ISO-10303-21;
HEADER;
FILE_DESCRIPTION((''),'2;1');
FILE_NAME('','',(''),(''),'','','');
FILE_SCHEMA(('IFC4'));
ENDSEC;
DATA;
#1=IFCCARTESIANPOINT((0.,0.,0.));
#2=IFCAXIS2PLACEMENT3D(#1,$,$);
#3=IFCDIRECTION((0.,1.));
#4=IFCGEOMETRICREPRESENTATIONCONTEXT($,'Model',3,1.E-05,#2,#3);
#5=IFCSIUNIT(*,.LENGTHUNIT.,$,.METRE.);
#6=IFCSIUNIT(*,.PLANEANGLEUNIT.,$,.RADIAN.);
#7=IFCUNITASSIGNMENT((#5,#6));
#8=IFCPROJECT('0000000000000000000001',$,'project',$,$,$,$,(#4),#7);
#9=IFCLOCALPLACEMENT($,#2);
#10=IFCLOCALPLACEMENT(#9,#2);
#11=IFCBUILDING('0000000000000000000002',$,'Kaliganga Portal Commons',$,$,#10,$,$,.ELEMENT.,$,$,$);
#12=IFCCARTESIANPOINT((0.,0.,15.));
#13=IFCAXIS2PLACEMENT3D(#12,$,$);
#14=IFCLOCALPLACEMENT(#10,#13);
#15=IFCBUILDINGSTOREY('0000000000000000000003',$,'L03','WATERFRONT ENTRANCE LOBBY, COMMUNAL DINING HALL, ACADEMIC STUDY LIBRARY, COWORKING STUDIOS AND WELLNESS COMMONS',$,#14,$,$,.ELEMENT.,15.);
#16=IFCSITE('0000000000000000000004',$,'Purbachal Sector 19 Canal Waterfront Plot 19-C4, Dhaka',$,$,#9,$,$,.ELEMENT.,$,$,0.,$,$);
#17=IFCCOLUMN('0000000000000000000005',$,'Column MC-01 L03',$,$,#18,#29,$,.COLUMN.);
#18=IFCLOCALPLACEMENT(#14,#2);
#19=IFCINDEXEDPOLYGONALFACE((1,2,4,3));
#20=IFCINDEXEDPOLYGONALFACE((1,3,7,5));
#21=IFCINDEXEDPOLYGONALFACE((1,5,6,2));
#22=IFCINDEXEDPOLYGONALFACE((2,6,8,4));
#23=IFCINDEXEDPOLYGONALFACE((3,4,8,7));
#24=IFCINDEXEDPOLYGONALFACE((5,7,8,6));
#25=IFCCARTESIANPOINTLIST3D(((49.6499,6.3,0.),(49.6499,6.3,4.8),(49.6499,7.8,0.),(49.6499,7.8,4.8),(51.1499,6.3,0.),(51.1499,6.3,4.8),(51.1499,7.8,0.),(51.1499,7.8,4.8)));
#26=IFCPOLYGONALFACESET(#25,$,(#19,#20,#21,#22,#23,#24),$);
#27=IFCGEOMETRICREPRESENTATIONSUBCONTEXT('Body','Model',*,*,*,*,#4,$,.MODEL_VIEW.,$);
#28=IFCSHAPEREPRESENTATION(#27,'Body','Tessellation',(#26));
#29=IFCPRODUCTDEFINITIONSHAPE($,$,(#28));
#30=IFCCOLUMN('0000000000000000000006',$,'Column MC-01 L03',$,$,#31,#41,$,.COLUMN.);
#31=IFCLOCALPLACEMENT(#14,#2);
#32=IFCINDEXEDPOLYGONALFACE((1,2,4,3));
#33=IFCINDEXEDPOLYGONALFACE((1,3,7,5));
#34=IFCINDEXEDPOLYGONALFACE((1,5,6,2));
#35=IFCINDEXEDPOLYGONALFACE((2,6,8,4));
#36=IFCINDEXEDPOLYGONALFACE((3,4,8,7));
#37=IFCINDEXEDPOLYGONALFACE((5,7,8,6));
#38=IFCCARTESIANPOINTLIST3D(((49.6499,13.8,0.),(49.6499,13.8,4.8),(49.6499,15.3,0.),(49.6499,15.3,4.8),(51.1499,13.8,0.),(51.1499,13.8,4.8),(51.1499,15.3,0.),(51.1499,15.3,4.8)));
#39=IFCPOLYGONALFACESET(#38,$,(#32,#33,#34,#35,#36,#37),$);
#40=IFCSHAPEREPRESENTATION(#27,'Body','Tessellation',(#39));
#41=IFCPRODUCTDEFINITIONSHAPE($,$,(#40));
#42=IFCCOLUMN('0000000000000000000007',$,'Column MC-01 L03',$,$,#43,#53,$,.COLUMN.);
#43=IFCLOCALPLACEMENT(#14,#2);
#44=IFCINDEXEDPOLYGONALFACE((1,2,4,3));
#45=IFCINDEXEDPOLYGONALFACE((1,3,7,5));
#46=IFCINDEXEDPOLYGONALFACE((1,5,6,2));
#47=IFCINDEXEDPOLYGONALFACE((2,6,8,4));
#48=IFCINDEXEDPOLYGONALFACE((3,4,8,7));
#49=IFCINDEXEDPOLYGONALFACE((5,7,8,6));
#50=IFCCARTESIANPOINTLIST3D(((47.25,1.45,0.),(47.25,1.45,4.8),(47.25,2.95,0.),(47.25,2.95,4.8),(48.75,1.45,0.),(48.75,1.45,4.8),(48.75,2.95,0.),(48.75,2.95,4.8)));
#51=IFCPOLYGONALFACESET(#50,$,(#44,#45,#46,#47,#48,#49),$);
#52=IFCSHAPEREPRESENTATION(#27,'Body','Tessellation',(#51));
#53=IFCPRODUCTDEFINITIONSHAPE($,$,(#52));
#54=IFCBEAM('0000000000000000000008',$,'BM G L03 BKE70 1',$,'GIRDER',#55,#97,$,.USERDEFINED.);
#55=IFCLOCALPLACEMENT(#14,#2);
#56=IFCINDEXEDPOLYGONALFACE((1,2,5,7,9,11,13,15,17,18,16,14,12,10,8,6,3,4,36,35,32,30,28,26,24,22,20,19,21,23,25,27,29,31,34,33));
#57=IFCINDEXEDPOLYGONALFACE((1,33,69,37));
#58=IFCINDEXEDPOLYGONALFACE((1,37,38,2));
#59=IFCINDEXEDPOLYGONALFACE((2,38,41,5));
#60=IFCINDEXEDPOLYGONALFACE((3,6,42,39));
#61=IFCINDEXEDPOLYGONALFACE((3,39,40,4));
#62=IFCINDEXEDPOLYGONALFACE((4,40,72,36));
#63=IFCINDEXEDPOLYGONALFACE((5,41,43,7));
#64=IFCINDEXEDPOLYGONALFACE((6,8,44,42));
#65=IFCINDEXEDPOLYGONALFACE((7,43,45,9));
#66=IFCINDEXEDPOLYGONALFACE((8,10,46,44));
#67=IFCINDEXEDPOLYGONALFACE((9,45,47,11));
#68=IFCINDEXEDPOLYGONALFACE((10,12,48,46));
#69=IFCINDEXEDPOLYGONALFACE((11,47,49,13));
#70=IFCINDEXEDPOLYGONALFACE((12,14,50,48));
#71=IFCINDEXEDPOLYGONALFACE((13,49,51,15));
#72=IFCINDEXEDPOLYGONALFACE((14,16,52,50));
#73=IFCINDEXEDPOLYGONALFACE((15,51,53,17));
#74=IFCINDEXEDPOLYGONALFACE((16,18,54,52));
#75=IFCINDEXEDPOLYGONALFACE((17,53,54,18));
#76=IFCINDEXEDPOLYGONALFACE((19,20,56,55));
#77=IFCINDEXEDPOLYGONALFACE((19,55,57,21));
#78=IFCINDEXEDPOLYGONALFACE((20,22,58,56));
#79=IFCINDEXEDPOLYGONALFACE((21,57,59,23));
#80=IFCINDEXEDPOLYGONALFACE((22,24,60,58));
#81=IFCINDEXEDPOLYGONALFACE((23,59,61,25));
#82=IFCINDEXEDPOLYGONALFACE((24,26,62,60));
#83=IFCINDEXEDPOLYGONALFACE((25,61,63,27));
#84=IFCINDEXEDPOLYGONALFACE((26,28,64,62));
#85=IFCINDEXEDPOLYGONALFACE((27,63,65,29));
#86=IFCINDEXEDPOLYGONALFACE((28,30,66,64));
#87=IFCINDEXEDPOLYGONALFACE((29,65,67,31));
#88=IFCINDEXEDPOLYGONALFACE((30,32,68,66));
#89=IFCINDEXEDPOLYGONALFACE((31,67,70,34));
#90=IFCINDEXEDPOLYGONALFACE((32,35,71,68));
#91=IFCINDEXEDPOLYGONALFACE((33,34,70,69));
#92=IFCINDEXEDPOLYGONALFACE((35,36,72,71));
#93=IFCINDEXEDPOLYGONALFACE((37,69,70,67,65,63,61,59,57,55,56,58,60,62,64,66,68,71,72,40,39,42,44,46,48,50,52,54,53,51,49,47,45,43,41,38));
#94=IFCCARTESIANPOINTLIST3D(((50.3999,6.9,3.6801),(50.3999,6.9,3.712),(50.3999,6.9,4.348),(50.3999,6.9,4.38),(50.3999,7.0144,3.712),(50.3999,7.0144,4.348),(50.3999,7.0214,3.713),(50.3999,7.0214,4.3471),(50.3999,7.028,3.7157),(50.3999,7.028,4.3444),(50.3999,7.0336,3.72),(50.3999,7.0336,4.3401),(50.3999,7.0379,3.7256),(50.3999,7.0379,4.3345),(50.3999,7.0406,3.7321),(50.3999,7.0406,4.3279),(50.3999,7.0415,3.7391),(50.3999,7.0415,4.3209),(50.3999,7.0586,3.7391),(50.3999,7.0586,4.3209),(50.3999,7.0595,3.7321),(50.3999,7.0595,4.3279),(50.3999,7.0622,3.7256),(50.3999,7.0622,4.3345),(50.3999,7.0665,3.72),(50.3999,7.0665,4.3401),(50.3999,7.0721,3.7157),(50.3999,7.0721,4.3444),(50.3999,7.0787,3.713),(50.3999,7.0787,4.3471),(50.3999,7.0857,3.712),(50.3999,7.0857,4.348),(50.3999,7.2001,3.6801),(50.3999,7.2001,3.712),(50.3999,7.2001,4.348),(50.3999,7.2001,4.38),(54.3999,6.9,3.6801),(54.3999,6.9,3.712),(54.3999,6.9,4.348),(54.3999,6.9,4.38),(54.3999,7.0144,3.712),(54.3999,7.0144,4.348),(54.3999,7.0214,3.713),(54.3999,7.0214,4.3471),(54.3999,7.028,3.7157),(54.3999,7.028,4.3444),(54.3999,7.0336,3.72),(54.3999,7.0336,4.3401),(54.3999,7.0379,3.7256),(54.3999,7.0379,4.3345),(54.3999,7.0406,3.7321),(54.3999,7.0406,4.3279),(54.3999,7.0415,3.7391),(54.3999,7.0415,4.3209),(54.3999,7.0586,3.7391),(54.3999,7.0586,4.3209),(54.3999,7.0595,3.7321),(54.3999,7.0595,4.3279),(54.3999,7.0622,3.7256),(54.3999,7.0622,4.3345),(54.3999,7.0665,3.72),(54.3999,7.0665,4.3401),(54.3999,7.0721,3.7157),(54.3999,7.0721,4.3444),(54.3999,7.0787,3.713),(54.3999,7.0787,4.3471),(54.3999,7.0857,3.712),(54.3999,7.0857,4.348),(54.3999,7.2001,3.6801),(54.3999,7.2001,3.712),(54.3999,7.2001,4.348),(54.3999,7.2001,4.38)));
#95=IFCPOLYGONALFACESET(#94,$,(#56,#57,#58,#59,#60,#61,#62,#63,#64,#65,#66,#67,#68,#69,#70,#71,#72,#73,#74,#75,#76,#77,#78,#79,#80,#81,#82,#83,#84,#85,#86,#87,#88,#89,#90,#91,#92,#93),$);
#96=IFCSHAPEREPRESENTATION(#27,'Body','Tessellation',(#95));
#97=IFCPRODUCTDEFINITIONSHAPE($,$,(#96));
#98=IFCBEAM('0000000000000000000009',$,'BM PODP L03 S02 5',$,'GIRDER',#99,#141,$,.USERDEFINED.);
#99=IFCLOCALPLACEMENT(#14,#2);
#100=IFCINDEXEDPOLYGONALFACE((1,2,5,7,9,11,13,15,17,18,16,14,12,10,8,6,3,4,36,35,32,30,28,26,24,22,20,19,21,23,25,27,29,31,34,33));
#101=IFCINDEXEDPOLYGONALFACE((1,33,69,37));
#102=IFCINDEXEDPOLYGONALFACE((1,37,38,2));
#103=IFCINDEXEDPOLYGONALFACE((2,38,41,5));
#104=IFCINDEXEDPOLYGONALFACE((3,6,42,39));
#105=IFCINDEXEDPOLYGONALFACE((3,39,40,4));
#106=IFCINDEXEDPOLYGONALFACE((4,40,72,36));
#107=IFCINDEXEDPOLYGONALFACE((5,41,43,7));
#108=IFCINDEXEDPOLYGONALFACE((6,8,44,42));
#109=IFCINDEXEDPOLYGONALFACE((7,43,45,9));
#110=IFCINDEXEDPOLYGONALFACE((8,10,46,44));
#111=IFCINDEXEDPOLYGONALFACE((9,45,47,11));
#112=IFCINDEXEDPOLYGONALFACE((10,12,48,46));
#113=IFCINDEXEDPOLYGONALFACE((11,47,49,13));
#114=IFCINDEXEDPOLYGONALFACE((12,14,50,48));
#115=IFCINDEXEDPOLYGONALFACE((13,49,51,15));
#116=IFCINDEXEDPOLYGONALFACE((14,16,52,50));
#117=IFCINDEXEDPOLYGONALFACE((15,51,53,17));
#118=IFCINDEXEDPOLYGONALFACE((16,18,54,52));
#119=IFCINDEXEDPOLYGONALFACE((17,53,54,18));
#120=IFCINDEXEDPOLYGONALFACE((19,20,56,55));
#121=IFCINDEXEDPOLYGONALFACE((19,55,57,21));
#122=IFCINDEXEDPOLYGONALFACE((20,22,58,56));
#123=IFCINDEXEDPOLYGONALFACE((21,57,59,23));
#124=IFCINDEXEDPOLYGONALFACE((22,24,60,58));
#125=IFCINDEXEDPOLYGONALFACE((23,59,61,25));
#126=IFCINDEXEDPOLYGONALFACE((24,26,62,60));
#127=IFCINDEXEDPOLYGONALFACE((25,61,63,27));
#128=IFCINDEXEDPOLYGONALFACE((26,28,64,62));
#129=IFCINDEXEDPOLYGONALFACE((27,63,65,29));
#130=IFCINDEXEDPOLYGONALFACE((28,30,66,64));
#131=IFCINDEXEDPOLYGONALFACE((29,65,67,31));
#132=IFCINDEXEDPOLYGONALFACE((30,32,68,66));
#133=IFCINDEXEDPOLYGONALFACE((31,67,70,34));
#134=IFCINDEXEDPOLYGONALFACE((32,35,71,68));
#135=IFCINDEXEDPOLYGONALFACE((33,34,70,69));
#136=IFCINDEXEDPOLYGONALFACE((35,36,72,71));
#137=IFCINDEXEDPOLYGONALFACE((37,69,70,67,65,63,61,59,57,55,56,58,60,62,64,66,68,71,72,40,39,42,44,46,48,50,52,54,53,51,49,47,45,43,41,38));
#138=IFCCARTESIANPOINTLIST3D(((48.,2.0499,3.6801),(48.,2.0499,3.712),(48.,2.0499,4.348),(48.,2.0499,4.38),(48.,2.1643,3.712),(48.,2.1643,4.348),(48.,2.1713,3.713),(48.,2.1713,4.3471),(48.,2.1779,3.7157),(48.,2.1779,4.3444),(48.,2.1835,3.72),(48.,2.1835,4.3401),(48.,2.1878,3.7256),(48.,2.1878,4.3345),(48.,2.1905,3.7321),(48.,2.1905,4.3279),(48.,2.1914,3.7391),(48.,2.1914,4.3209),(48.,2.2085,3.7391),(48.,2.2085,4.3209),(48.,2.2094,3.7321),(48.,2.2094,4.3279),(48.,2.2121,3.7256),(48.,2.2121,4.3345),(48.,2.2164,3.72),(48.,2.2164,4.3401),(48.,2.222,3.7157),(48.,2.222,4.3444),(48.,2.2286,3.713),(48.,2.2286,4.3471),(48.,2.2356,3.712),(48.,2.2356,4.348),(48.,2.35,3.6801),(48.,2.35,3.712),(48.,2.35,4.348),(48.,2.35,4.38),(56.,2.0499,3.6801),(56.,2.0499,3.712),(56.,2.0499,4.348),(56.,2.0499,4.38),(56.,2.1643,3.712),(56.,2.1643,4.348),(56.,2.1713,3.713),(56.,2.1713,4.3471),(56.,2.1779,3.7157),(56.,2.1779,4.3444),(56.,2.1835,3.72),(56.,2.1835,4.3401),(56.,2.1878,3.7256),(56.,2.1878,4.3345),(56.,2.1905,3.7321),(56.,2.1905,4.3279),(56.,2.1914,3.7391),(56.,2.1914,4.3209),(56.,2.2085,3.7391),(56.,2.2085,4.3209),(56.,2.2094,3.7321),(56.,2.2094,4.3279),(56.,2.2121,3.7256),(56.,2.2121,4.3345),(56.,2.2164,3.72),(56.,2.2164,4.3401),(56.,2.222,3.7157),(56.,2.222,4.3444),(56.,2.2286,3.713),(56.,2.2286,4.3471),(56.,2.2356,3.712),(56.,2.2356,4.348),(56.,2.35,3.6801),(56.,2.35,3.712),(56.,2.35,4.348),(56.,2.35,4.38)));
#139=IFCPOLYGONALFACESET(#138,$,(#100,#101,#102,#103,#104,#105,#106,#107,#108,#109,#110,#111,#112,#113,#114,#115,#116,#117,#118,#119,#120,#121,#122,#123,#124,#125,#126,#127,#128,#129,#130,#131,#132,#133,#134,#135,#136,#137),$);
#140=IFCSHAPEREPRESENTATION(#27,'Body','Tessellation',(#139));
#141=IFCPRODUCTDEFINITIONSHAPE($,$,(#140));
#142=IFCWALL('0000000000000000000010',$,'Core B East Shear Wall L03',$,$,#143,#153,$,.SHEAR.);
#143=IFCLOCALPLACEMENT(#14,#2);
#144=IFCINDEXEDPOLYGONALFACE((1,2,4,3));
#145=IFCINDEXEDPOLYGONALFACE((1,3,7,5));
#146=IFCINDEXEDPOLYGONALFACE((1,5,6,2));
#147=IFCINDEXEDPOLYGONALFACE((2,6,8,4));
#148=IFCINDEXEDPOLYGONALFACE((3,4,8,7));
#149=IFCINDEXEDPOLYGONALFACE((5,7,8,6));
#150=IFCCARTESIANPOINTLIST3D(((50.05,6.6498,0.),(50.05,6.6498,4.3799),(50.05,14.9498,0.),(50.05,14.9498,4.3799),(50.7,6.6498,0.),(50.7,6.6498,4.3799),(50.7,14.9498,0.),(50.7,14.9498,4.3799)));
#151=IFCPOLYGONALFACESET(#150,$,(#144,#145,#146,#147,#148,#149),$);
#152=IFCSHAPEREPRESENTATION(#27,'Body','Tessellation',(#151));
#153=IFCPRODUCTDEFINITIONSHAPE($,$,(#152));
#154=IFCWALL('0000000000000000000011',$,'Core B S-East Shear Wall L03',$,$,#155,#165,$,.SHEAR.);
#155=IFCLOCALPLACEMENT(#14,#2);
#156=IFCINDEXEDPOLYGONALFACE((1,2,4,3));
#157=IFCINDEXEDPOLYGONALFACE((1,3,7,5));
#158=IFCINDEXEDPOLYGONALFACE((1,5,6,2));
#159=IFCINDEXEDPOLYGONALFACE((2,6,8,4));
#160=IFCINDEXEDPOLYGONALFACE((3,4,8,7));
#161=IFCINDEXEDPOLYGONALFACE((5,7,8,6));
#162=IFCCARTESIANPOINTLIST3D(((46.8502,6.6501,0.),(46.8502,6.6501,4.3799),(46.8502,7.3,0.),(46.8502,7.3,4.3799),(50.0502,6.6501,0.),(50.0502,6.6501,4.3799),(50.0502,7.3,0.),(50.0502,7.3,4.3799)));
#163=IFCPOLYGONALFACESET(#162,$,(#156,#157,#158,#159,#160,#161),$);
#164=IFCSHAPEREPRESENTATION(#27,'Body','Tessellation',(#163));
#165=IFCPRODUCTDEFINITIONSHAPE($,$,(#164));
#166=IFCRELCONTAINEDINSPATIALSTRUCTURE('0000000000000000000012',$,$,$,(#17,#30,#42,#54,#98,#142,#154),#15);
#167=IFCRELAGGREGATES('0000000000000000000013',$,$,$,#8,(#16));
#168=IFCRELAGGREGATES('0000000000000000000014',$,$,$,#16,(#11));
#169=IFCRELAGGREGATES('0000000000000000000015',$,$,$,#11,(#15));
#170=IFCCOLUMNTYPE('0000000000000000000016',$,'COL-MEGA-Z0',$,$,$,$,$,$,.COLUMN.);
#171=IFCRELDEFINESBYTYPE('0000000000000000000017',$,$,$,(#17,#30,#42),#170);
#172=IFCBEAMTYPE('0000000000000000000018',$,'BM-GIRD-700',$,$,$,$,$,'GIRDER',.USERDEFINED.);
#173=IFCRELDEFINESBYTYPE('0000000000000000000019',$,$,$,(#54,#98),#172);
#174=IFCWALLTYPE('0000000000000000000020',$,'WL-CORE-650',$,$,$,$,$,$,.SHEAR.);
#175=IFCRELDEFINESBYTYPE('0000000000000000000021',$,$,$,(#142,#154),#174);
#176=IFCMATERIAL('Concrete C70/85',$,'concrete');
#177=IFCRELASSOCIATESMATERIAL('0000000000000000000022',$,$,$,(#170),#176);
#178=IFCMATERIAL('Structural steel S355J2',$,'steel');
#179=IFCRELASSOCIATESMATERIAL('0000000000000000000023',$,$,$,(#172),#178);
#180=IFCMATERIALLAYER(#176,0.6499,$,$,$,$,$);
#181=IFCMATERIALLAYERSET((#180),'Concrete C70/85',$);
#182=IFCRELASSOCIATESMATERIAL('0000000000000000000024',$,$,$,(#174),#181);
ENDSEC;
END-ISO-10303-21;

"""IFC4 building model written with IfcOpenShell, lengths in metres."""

from ifc_helpers import new_model, si_unit, direction, frame, frame_2d, origin, origin_2d, place, context, subcontext, project, spatial, rectangle, i_section, extrude, source, transform, mapped, material, layer, layer_set, material_profile, profile_set, type_object, element, save


model = new_model("IFC4")

# Units and contexts
model_context = context("Model", 3, precision=1e-05, world=origin(), true_north=direction((0.0, 1.0)))
body_context = subcontext(model_context, "Body", "Model", "MODEL_VIEW")
ifc_project = project(units=[si_unit("LENGTHUNIT", "METRE"), si_unit("PLANEANGLEUNIT", "RADIAN")], contexts=[model_context])

# Site, building, storey
site_placement = place(None, origin())
site = spatial("IfcSite", under=ifc_project, at=site_placement, Name="Purbachal Sector 19 Canal Waterfront Plot 19-C4, Dhaka", CompositionType="ELEMENT", RefElevation=0.0)
building_placement = place(site_placement, origin())
building = spatial("IfcBuilding", under=site, at=building_placement, Name="Kaliganga Portal Commons", CompositionType="ELEMENT")
storey_placement = place(building_placement, frame((0.0, 0.0, 15.0)))
storey = spatial("IfcBuildingStorey", under=building, at=storey_placement, Name="L03", Description="WATERFRONT ENTRANCE LOBBY, COMMUNAL DINING HALL, ACADEMIC STUDY LIBRARY, COWORKING STUDIOS AND WELLNESS COMMONS", CompositionType="ELEMENT", Elevation=15.0)

# Columns
ifc_material_1 = material(Name="Concrete C70/85", Category="concrete")
ifc_material_profile_1 = material_profile(ifc_material_1, rectangle(XDim=1.5, YDim=1.5, at=origin_2d()), Name="RC 1500x1500")
ifc_profile_set_1 = profile_set([ifc_material_profile_1], Name="Concrete C70/85")
column_type = type_object("IfcColumnType", Name="COL-MEGA-Z0", PredefinedType="COLUMN", material=ifc_profile_set_1)
shared_shape_1 = source(origin(), body_context, "Body", "SweptSolid", [
    extrude(rectangle(XDim=1.5, YDim=1.5, at=origin_2d()), origin(), (0.0, 0.0, 1.0), 4.8),
])
for number, where, z_axis, x_axis, name in (
    (1, (50.3999, 7.05, 0.0), (0.0, 0.0, 1.0), (1.0, 0.0, 0.0), "Column MC-01 L03"),
    (2, (50.3999, 14.55, 0.0), (0.0, 0.0, 1.0), (1.0, 0.0, 0.0), "Column MC-01 L03"),
    (3, (48.0, 2.2, 0.0), (0.0, 0.0, 1.0), (1.0, 0.0, 0.0), "Column MC-01 L03"),
):
    element("IfcColumn", number, at=place(storey_placement, frame(where, z_axis=z_axis, x_axis=x_axis)), inside=storey, type_object=column_type, Name=name, PredefinedType="COLUMN", context=body_context, shape_type="MappedRepresentation", body=[
        mapped(shared_shape_1, transform((0.0, 0.0, 0.0), x_axis=(1.0, 0.0, 0.0), y_axis=(0.0, 1.0, 0.0), z_axis=(0.0, 0.0, 1.0), scale=1.0)),
    ])

# Beams
ifc_material_2 = material(Name="Structural steel S355J2", Category="steel")
ifc_material_profile_2 = material_profile(ifc_material_2, i_section(OverallWidth=0.3, OverallDepth=0.7, WebThickness=0.0171, FlangeThickness=0.032, FilletRadius=0.0271, at=origin_2d()), Name="HE 700 B")
ifc_profile_set_2 = profile_set([ifc_material_profile_2], Name="Structural steel S355J2 wide-flange")
beam_type = type_object("IfcBeamType", Name="BM-GIRD-700", ElementType="GIRDER", PredefinedType="USERDEFINED", material=ifc_profile_set_2)
shared_shape_2 = source(origin(), body_context, "Body", "SweptSolid", [
    extrude(i_section(OverallWidth=0.3, OverallDepth=0.7, WebThickness=0.0171, FlangeThickness=0.032, FilletRadius=0.0271, at=origin_2d()), origin(), (0.0, 0.0, 1.0), 4.0),
])
beam_1_placement = place(storey_placement, frame((50.3999, 7.05, 4.03), z_axis=(1.0, 0.0, 0.0), x_axis=(0.0, 1.0, 0.0)))
element("IfcBeam", 4, at=beam_1_placement, inside=storey, type_object=beam_type, Name="BM G L03 BKE70 1", ObjectType="GIRDER", PredefinedType="USERDEFINED", context=body_context, shape_type="MappedRepresentation", body=[
    mapped(shared_shape_2, transform((0.0, 0.0, 0.0), x_axis=(1.0, 0.0, 0.0), y_axis=(0.0, 1.0, 0.0), z_axis=(0.0, 0.0, 1.0), scale=1.0)),
])
shared_shape_3 = source(origin(), body_context, "Body", "SweptSolid", [
    extrude(i_section(OverallWidth=0.3, OverallDepth=0.7, WebThickness=0.0171, FlangeThickness=0.032, FilletRadius=0.0271, at=origin_2d()), origin(), (0.0, 0.0, 1.0), 8.0),
])
beam_2_placement = place(storey_placement, frame((48.0, 2.2, 4.03), z_axis=(1.0, 0.0, 0.0), x_axis=(0.0, 1.0, 0.0)))
element("IfcBeam", 5, at=beam_2_placement, inside=storey, type_object=beam_type, Name="BM PODP L03 S02 5", ObjectType="GIRDER", PredefinedType="USERDEFINED", context=body_context, shape_type="MappedRepresentation", body=[
    mapped(shared_shape_3, transform((0.0, 0.0, 0.0), x_axis=(1.0, 0.0, 0.0), y_axis=(0.0, 1.0, 0.0), z_axis=(0.0, 0.0, 1.0), scale=1.0)),
])

# Walls
ifc_layer_1 = layer(ifc_material_1, 0.6499)
ifc_layer_set_1 = layer_set([ifc_layer_1], Name="Concrete C70/85")
wall_type_1 = type_object("IfcWallType", Name="WL-CORE-650", PredefinedType="SHEAR", material=ifc_layer_set_1)
wall_1_placement = place(storey_placement, frame((50.375, 6.6499, 0.0), z_axis=(0.0, 0.0, 1.0), x_axis=(0.0, 1.0, 0.0)))
element("IfcWall", 6, at=wall_1_placement, inside=storey, type_object=wall_type_1, Name="Core B East Shear Wall L03", PredefinedType="SHEAR", context=body_context, shape_type="SweptSolid", body=[
    extrude(rectangle(XDim=8.3, YDim=0.6499, at=frame_2d((4.1499, 0.0))), origin(), (0.0, 0.0, 1.0), 4.3799),
])
wall_2_placement = place(storey_placement, frame((46.8501, 6.9751, 0.0), z_axis=(0.0, 0.0, 1.0), x_axis=(1.0, 0.0, 0.0)))
element("IfcWall", 7, at=wall_2_placement, inside=storey, type_object=wall_type_1, Name="Core B S-East Shear Wall L03", PredefinedType="SHEAR", context=body_context, shape_type="SweptSolid", body=[
    extrude(rectangle(XDim=3.2, YDim=0.6499, at=frame_2d((1.6001, 0.0))), origin(), (0.0, 0.0, 1.0), 4.3799),
])

save(model, "model.ifc")
